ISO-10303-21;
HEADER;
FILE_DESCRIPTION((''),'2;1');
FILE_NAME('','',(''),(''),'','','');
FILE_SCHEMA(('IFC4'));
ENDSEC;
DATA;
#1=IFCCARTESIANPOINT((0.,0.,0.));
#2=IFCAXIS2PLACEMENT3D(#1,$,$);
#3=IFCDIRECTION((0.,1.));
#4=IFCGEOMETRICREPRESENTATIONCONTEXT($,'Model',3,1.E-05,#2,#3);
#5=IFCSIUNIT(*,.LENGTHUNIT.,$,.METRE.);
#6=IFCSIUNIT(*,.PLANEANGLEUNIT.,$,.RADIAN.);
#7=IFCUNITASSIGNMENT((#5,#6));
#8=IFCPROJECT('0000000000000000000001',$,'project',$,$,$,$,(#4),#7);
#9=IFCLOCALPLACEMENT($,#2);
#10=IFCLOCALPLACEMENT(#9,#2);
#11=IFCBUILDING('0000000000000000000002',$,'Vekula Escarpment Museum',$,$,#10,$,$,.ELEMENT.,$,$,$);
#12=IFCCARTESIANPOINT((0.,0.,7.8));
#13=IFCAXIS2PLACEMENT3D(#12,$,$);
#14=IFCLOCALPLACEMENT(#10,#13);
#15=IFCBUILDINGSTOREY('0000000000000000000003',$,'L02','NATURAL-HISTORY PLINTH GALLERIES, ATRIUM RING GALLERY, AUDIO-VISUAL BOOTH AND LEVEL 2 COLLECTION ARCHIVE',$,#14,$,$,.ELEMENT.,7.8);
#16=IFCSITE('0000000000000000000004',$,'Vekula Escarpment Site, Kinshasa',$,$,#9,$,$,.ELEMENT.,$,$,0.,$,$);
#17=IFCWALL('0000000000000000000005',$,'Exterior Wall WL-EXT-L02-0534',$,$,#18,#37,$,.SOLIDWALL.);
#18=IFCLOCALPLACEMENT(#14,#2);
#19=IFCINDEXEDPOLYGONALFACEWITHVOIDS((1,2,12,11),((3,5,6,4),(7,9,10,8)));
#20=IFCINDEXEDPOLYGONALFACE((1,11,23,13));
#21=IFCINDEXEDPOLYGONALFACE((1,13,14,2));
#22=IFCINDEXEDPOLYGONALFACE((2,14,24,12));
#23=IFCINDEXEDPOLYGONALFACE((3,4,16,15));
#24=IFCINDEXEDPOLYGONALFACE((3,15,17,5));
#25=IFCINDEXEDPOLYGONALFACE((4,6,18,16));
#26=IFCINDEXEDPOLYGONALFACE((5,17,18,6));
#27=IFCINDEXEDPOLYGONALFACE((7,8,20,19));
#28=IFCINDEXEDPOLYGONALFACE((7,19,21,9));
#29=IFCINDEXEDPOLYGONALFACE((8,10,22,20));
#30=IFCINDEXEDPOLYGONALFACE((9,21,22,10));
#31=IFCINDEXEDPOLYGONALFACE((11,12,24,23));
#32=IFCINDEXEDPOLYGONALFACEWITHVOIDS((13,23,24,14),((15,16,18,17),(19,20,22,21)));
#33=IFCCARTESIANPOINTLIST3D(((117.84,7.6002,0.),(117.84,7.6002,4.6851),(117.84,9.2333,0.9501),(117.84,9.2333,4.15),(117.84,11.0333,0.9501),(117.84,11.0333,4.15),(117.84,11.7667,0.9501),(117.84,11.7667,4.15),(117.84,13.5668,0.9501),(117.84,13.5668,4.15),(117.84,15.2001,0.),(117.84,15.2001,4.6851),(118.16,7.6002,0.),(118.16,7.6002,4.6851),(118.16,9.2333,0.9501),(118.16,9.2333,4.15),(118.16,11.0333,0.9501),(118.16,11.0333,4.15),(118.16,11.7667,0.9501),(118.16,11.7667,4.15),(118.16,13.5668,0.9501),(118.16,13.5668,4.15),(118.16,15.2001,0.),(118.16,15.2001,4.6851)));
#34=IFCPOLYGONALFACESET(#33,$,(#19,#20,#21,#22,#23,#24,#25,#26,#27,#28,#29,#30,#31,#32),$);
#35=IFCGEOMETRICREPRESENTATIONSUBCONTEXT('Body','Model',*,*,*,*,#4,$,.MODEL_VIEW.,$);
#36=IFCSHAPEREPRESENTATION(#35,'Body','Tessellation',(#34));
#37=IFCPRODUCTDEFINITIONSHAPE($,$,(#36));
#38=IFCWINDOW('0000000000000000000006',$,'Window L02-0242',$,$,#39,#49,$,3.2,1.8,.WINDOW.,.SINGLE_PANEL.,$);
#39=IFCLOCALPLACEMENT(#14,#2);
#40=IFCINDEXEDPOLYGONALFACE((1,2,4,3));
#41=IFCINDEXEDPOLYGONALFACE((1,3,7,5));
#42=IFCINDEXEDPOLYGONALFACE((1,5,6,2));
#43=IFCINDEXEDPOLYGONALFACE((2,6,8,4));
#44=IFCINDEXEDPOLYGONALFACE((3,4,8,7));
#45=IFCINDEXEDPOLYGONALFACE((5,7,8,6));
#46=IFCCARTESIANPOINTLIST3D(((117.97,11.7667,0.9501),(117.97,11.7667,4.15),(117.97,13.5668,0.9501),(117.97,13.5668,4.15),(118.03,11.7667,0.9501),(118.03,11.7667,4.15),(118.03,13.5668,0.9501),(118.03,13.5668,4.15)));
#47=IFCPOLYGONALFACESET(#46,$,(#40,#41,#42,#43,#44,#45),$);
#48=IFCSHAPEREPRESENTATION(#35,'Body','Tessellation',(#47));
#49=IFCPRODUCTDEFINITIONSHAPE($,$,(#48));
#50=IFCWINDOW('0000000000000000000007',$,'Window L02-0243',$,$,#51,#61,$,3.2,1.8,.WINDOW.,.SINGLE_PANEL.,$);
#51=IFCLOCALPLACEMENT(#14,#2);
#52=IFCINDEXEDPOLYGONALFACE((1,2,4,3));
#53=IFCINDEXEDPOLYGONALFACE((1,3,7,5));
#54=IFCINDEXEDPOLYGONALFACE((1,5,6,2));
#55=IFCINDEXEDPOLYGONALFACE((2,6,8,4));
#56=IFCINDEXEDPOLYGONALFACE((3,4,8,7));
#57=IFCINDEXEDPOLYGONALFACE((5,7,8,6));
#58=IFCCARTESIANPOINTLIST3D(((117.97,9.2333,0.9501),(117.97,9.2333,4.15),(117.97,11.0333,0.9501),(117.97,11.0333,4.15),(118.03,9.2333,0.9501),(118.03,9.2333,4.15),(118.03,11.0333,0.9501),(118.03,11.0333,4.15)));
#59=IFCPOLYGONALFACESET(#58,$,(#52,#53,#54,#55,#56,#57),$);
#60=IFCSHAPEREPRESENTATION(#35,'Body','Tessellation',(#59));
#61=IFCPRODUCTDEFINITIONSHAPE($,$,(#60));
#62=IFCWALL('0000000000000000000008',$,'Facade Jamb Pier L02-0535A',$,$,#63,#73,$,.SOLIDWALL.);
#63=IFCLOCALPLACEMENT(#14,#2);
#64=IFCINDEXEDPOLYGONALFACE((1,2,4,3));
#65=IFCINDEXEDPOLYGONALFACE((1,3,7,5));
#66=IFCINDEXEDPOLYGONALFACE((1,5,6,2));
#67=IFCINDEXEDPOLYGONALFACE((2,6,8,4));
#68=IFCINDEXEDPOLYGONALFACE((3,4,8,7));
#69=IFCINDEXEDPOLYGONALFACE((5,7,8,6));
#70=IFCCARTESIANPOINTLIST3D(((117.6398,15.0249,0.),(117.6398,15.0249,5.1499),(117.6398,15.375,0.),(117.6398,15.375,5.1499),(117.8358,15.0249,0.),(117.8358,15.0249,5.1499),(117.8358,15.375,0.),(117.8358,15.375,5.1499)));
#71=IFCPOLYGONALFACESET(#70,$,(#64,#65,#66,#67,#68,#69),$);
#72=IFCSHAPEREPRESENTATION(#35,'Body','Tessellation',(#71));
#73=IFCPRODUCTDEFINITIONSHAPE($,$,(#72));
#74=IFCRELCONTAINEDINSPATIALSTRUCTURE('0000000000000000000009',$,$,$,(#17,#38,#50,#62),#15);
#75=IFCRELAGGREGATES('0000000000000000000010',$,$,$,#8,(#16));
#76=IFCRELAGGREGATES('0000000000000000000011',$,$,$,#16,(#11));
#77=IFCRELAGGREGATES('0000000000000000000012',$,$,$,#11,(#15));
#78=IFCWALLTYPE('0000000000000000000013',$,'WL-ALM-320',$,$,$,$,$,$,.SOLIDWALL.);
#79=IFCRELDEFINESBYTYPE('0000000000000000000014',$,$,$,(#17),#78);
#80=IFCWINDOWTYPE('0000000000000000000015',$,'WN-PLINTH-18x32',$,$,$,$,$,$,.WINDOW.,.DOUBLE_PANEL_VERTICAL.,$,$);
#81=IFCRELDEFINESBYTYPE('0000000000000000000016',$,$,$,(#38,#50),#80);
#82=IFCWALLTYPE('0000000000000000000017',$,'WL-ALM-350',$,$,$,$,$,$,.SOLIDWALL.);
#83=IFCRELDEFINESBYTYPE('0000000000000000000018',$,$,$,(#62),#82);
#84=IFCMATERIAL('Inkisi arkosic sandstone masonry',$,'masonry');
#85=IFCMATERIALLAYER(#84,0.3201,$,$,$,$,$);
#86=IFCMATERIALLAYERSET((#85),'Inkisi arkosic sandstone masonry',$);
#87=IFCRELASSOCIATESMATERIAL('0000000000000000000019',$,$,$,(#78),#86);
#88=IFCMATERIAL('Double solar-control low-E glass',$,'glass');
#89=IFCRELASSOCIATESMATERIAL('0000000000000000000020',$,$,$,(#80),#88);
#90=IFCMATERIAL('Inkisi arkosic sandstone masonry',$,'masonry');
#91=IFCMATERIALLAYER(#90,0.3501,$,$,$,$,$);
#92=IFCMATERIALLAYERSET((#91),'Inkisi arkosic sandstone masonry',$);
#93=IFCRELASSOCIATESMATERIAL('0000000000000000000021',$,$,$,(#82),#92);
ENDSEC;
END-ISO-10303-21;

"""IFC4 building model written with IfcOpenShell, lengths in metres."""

from ifc_helpers import new_model, si_unit, direction, frame, frame_2d, origin, place, context, subcontext, project, spatial, rectangle, extrude, material, layer, layer_set, type_object, element, fill, save


model = new_model("IFC4")

# Units and contexts
model_context = context("Model", 3, precision=1e-05, world=origin(), true_north=direction((0.0, 1.0)))
body_context = subcontext(model_context, "Body", "Model", "MODEL_VIEW")
ifc_project = project(units=[si_unit("LENGTHUNIT", "METRE"), si_unit("PLANEANGLEUNIT", "RADIAN")], contexts=[model_context])

# Site, building, storey
site_placement = place(None, origin())
site = spatial("IfcSite", under=ifc_project, at=site_placement, Name="Vekula Escarpment Site, Kinshasa", CompositionType="ELEMENT", RefElevation=0.0)
building_placement = place(site_placement, origin())
building = spatial("IfcBuilding", under=site, at=building_placement, Name="Vekula Escarpment Museum", CompositionType="ELEMENT")
storey_placement = place(building_placement, frame((0.0, 0.0, 7.8)))
storey = spatial("IfcBuildingStorey", under=building, at=storey_placement, Name="L02", Description="NATURAL-HISTORY PLINTH GALLERIES, ATRIUM RING GALLERY, AUDIO-VISUAL BOOTH AND LEVEL 2 COLLECTION ARCHIVE", CompositionType="ELEMENT", Elevation=7.8)

# Wall, openings, windows
ifc_material_1 = material(Name="Inkisi arkosic sandstone masonry", Category="masonry")
ifc_layer_1 = layer(ifc_material_1, 0.3201)
ifc_layer_set_1 = layer_set([ifc_layer_1], Name="Inkisi arkosic sandstone masonry")
wall_type_1 = type_object("IfcWallType", Name="WL-ALM-320", PredefinedType="SOLIDWALL", material=ifc_layer_set_1)
wall_1_placement = place(storey_placement, frame((118.0, 15.2, 0.0), z_axis=(0.0, 0.0, 1.0), x_axis=(0.0, -1.0, 0.0)))
wall_1 = element("IfcWall", 1, at=wall_1_placement, inside=storey, type_object=wall_type_1, Name="Exterior Wall WL-EXT-L02-0534", PredefinedType="SOLIDWALL", context=body_context, shape_type="SweptSolid", body=[
    extrude(rectangle(XDim=7.5999, YDim=0.3201, at=frame_2d((3.7998, 0.0))), origin(), (0.0, 0.0, 1.0), 4.6851),
])
opening_1_placement = place(wall_1_placement, frame((1.6333, 0.0, 0.95)))
opening_1 = element("IfcOpeningElement", 2, at=opening_1_placement, cuts=wall_1, PredefinedType="OPENING", context=body_context, shape_type="SweptSolid", body=[
    extrude(rectangle(XDim=1.8, YDim=3.2, at=frame_2d((0.8999, 1.6001))), frame((0.0, 0.1699, 0.0), z_axis=(0.0, -1.0, 0.0), x_axis=(1.0, 0.0, 0.0)), (0.0, 0.0, 1.0), 0.3401),
])
opening_2_placement = place(wall_1_placement, frame((4.1667, 0.0, 0.95)))
opening_2 = element("IfcOpeningElement", 3, at=opening_2_placement, cuts=wall_1, PredefinedType="OPENING", context=body_context, shape_type="SweptSolid", body=[
    extrude(rectangle(XDim=1.8, YDim=3.2, at=frame_2d((0.8999, 1.6001))), frame((0.0, 0.1699, 0.0), z_axis=(0.0, -1.0, 0.0), x_axis=(1.0, 0.0, 0.0)), (0.0, 0.0, 1.0), 0.3401),
])
ifc_material_2 = material(Name="Double solar-control low-E glass", Category="glass")
window_type = type_object("IfcWindowType", Name="WN-PLINTH-18x32", PartitioningType="DOUBLE_PANEL_VERTICAL", PredefinedType="WINDOW", material=ifc_material_2)
window_1_placement = place(opening_1_placement, origin())
window_1 = element("IfcWindow", 4, at=window_1_placement, inside=storey, type_object=window_type, Name="Window L02-0242", OverallHeight=3.2, OverallWidth=1.8, PartitioningType="SINGLE_PANEL", PredefinedType="WINDOW", context=body_context, shape_type="SweptSolid", body=[
    extrude(rectangle(XDim=1.8, YDim=3.2, at=frame_2d((0.8999, 1.6001))), frame((0.0, 0.03, 0.0), z_axis=(0.0, -1.0, 0.0), x_axis=(1.0, 0.0, 0.0)), (0.0, 0.0, 1.0), 0.0601),
])
fill(opening_1, window_1)
window_2_placement = place(opening_2_placement, origin())
window_2 = element("IfcWindow", 5, at=window_2_placement, inside=storey, type_object=window_type, Name="Window L02-0243", OverallHeight=3.2, OverallWidth=1.8, PartitioningType="SINGLE_PANEL", PredefinedType="WINDOW", context=body_context, shape_type="SweptSolid", body=[
    extrude(rectangle(XDim=1.8, YDim=3.2, at=frame_2d((0.8999, 1.6001))), frame((0.0, 0.03, 0.0), z_axis=(0.0, -1.0, 0.0), x_axis=(1.0, 0.0, 0.0)), (0.0, 0.0, 1.0), 0.0601),
])
fill(opening_2, window_2)

# Wall
ifc_material_3 = material(Name="Inkisi arkosic sandstone masonry", Category="masonry")
ifc_layer_2 = layer(ifc_material_3, 0.3501)
ifc_layer_set_2 = layer_set([ifc_layer_2], Name="Inkisi arkosic sandstone masonry")
wall_type_2 = type_object("IfcWallType", Name="WL-ALM-350", PredefinedType="SOLIDWALL", material=ifc_layer_set_2)
wall_2_placement = place(storey_placement, frame((117.8359, 15.2, 0.0), z_axis=(0.0, 0.0, 1.0), x_axis=(-1.0, 0.0, 0.0)))
element("IfcWall", 6, at=wall_2_placement, inside=storey, type_object=wall_type_2, Name="Facade Jamb Pier L02-0535A", PredefinedType="SOLIDWALL", context=body_context, shape_type="SweptSolid", body=[
    extrude(rectangle(XDim=0.196, YDim=0.3501, at=frame_2d((0.0981, 0.0))), origin(), (0.0, 0.0, 1.0), 5.1499),
])

save(model, "model.ifc")
